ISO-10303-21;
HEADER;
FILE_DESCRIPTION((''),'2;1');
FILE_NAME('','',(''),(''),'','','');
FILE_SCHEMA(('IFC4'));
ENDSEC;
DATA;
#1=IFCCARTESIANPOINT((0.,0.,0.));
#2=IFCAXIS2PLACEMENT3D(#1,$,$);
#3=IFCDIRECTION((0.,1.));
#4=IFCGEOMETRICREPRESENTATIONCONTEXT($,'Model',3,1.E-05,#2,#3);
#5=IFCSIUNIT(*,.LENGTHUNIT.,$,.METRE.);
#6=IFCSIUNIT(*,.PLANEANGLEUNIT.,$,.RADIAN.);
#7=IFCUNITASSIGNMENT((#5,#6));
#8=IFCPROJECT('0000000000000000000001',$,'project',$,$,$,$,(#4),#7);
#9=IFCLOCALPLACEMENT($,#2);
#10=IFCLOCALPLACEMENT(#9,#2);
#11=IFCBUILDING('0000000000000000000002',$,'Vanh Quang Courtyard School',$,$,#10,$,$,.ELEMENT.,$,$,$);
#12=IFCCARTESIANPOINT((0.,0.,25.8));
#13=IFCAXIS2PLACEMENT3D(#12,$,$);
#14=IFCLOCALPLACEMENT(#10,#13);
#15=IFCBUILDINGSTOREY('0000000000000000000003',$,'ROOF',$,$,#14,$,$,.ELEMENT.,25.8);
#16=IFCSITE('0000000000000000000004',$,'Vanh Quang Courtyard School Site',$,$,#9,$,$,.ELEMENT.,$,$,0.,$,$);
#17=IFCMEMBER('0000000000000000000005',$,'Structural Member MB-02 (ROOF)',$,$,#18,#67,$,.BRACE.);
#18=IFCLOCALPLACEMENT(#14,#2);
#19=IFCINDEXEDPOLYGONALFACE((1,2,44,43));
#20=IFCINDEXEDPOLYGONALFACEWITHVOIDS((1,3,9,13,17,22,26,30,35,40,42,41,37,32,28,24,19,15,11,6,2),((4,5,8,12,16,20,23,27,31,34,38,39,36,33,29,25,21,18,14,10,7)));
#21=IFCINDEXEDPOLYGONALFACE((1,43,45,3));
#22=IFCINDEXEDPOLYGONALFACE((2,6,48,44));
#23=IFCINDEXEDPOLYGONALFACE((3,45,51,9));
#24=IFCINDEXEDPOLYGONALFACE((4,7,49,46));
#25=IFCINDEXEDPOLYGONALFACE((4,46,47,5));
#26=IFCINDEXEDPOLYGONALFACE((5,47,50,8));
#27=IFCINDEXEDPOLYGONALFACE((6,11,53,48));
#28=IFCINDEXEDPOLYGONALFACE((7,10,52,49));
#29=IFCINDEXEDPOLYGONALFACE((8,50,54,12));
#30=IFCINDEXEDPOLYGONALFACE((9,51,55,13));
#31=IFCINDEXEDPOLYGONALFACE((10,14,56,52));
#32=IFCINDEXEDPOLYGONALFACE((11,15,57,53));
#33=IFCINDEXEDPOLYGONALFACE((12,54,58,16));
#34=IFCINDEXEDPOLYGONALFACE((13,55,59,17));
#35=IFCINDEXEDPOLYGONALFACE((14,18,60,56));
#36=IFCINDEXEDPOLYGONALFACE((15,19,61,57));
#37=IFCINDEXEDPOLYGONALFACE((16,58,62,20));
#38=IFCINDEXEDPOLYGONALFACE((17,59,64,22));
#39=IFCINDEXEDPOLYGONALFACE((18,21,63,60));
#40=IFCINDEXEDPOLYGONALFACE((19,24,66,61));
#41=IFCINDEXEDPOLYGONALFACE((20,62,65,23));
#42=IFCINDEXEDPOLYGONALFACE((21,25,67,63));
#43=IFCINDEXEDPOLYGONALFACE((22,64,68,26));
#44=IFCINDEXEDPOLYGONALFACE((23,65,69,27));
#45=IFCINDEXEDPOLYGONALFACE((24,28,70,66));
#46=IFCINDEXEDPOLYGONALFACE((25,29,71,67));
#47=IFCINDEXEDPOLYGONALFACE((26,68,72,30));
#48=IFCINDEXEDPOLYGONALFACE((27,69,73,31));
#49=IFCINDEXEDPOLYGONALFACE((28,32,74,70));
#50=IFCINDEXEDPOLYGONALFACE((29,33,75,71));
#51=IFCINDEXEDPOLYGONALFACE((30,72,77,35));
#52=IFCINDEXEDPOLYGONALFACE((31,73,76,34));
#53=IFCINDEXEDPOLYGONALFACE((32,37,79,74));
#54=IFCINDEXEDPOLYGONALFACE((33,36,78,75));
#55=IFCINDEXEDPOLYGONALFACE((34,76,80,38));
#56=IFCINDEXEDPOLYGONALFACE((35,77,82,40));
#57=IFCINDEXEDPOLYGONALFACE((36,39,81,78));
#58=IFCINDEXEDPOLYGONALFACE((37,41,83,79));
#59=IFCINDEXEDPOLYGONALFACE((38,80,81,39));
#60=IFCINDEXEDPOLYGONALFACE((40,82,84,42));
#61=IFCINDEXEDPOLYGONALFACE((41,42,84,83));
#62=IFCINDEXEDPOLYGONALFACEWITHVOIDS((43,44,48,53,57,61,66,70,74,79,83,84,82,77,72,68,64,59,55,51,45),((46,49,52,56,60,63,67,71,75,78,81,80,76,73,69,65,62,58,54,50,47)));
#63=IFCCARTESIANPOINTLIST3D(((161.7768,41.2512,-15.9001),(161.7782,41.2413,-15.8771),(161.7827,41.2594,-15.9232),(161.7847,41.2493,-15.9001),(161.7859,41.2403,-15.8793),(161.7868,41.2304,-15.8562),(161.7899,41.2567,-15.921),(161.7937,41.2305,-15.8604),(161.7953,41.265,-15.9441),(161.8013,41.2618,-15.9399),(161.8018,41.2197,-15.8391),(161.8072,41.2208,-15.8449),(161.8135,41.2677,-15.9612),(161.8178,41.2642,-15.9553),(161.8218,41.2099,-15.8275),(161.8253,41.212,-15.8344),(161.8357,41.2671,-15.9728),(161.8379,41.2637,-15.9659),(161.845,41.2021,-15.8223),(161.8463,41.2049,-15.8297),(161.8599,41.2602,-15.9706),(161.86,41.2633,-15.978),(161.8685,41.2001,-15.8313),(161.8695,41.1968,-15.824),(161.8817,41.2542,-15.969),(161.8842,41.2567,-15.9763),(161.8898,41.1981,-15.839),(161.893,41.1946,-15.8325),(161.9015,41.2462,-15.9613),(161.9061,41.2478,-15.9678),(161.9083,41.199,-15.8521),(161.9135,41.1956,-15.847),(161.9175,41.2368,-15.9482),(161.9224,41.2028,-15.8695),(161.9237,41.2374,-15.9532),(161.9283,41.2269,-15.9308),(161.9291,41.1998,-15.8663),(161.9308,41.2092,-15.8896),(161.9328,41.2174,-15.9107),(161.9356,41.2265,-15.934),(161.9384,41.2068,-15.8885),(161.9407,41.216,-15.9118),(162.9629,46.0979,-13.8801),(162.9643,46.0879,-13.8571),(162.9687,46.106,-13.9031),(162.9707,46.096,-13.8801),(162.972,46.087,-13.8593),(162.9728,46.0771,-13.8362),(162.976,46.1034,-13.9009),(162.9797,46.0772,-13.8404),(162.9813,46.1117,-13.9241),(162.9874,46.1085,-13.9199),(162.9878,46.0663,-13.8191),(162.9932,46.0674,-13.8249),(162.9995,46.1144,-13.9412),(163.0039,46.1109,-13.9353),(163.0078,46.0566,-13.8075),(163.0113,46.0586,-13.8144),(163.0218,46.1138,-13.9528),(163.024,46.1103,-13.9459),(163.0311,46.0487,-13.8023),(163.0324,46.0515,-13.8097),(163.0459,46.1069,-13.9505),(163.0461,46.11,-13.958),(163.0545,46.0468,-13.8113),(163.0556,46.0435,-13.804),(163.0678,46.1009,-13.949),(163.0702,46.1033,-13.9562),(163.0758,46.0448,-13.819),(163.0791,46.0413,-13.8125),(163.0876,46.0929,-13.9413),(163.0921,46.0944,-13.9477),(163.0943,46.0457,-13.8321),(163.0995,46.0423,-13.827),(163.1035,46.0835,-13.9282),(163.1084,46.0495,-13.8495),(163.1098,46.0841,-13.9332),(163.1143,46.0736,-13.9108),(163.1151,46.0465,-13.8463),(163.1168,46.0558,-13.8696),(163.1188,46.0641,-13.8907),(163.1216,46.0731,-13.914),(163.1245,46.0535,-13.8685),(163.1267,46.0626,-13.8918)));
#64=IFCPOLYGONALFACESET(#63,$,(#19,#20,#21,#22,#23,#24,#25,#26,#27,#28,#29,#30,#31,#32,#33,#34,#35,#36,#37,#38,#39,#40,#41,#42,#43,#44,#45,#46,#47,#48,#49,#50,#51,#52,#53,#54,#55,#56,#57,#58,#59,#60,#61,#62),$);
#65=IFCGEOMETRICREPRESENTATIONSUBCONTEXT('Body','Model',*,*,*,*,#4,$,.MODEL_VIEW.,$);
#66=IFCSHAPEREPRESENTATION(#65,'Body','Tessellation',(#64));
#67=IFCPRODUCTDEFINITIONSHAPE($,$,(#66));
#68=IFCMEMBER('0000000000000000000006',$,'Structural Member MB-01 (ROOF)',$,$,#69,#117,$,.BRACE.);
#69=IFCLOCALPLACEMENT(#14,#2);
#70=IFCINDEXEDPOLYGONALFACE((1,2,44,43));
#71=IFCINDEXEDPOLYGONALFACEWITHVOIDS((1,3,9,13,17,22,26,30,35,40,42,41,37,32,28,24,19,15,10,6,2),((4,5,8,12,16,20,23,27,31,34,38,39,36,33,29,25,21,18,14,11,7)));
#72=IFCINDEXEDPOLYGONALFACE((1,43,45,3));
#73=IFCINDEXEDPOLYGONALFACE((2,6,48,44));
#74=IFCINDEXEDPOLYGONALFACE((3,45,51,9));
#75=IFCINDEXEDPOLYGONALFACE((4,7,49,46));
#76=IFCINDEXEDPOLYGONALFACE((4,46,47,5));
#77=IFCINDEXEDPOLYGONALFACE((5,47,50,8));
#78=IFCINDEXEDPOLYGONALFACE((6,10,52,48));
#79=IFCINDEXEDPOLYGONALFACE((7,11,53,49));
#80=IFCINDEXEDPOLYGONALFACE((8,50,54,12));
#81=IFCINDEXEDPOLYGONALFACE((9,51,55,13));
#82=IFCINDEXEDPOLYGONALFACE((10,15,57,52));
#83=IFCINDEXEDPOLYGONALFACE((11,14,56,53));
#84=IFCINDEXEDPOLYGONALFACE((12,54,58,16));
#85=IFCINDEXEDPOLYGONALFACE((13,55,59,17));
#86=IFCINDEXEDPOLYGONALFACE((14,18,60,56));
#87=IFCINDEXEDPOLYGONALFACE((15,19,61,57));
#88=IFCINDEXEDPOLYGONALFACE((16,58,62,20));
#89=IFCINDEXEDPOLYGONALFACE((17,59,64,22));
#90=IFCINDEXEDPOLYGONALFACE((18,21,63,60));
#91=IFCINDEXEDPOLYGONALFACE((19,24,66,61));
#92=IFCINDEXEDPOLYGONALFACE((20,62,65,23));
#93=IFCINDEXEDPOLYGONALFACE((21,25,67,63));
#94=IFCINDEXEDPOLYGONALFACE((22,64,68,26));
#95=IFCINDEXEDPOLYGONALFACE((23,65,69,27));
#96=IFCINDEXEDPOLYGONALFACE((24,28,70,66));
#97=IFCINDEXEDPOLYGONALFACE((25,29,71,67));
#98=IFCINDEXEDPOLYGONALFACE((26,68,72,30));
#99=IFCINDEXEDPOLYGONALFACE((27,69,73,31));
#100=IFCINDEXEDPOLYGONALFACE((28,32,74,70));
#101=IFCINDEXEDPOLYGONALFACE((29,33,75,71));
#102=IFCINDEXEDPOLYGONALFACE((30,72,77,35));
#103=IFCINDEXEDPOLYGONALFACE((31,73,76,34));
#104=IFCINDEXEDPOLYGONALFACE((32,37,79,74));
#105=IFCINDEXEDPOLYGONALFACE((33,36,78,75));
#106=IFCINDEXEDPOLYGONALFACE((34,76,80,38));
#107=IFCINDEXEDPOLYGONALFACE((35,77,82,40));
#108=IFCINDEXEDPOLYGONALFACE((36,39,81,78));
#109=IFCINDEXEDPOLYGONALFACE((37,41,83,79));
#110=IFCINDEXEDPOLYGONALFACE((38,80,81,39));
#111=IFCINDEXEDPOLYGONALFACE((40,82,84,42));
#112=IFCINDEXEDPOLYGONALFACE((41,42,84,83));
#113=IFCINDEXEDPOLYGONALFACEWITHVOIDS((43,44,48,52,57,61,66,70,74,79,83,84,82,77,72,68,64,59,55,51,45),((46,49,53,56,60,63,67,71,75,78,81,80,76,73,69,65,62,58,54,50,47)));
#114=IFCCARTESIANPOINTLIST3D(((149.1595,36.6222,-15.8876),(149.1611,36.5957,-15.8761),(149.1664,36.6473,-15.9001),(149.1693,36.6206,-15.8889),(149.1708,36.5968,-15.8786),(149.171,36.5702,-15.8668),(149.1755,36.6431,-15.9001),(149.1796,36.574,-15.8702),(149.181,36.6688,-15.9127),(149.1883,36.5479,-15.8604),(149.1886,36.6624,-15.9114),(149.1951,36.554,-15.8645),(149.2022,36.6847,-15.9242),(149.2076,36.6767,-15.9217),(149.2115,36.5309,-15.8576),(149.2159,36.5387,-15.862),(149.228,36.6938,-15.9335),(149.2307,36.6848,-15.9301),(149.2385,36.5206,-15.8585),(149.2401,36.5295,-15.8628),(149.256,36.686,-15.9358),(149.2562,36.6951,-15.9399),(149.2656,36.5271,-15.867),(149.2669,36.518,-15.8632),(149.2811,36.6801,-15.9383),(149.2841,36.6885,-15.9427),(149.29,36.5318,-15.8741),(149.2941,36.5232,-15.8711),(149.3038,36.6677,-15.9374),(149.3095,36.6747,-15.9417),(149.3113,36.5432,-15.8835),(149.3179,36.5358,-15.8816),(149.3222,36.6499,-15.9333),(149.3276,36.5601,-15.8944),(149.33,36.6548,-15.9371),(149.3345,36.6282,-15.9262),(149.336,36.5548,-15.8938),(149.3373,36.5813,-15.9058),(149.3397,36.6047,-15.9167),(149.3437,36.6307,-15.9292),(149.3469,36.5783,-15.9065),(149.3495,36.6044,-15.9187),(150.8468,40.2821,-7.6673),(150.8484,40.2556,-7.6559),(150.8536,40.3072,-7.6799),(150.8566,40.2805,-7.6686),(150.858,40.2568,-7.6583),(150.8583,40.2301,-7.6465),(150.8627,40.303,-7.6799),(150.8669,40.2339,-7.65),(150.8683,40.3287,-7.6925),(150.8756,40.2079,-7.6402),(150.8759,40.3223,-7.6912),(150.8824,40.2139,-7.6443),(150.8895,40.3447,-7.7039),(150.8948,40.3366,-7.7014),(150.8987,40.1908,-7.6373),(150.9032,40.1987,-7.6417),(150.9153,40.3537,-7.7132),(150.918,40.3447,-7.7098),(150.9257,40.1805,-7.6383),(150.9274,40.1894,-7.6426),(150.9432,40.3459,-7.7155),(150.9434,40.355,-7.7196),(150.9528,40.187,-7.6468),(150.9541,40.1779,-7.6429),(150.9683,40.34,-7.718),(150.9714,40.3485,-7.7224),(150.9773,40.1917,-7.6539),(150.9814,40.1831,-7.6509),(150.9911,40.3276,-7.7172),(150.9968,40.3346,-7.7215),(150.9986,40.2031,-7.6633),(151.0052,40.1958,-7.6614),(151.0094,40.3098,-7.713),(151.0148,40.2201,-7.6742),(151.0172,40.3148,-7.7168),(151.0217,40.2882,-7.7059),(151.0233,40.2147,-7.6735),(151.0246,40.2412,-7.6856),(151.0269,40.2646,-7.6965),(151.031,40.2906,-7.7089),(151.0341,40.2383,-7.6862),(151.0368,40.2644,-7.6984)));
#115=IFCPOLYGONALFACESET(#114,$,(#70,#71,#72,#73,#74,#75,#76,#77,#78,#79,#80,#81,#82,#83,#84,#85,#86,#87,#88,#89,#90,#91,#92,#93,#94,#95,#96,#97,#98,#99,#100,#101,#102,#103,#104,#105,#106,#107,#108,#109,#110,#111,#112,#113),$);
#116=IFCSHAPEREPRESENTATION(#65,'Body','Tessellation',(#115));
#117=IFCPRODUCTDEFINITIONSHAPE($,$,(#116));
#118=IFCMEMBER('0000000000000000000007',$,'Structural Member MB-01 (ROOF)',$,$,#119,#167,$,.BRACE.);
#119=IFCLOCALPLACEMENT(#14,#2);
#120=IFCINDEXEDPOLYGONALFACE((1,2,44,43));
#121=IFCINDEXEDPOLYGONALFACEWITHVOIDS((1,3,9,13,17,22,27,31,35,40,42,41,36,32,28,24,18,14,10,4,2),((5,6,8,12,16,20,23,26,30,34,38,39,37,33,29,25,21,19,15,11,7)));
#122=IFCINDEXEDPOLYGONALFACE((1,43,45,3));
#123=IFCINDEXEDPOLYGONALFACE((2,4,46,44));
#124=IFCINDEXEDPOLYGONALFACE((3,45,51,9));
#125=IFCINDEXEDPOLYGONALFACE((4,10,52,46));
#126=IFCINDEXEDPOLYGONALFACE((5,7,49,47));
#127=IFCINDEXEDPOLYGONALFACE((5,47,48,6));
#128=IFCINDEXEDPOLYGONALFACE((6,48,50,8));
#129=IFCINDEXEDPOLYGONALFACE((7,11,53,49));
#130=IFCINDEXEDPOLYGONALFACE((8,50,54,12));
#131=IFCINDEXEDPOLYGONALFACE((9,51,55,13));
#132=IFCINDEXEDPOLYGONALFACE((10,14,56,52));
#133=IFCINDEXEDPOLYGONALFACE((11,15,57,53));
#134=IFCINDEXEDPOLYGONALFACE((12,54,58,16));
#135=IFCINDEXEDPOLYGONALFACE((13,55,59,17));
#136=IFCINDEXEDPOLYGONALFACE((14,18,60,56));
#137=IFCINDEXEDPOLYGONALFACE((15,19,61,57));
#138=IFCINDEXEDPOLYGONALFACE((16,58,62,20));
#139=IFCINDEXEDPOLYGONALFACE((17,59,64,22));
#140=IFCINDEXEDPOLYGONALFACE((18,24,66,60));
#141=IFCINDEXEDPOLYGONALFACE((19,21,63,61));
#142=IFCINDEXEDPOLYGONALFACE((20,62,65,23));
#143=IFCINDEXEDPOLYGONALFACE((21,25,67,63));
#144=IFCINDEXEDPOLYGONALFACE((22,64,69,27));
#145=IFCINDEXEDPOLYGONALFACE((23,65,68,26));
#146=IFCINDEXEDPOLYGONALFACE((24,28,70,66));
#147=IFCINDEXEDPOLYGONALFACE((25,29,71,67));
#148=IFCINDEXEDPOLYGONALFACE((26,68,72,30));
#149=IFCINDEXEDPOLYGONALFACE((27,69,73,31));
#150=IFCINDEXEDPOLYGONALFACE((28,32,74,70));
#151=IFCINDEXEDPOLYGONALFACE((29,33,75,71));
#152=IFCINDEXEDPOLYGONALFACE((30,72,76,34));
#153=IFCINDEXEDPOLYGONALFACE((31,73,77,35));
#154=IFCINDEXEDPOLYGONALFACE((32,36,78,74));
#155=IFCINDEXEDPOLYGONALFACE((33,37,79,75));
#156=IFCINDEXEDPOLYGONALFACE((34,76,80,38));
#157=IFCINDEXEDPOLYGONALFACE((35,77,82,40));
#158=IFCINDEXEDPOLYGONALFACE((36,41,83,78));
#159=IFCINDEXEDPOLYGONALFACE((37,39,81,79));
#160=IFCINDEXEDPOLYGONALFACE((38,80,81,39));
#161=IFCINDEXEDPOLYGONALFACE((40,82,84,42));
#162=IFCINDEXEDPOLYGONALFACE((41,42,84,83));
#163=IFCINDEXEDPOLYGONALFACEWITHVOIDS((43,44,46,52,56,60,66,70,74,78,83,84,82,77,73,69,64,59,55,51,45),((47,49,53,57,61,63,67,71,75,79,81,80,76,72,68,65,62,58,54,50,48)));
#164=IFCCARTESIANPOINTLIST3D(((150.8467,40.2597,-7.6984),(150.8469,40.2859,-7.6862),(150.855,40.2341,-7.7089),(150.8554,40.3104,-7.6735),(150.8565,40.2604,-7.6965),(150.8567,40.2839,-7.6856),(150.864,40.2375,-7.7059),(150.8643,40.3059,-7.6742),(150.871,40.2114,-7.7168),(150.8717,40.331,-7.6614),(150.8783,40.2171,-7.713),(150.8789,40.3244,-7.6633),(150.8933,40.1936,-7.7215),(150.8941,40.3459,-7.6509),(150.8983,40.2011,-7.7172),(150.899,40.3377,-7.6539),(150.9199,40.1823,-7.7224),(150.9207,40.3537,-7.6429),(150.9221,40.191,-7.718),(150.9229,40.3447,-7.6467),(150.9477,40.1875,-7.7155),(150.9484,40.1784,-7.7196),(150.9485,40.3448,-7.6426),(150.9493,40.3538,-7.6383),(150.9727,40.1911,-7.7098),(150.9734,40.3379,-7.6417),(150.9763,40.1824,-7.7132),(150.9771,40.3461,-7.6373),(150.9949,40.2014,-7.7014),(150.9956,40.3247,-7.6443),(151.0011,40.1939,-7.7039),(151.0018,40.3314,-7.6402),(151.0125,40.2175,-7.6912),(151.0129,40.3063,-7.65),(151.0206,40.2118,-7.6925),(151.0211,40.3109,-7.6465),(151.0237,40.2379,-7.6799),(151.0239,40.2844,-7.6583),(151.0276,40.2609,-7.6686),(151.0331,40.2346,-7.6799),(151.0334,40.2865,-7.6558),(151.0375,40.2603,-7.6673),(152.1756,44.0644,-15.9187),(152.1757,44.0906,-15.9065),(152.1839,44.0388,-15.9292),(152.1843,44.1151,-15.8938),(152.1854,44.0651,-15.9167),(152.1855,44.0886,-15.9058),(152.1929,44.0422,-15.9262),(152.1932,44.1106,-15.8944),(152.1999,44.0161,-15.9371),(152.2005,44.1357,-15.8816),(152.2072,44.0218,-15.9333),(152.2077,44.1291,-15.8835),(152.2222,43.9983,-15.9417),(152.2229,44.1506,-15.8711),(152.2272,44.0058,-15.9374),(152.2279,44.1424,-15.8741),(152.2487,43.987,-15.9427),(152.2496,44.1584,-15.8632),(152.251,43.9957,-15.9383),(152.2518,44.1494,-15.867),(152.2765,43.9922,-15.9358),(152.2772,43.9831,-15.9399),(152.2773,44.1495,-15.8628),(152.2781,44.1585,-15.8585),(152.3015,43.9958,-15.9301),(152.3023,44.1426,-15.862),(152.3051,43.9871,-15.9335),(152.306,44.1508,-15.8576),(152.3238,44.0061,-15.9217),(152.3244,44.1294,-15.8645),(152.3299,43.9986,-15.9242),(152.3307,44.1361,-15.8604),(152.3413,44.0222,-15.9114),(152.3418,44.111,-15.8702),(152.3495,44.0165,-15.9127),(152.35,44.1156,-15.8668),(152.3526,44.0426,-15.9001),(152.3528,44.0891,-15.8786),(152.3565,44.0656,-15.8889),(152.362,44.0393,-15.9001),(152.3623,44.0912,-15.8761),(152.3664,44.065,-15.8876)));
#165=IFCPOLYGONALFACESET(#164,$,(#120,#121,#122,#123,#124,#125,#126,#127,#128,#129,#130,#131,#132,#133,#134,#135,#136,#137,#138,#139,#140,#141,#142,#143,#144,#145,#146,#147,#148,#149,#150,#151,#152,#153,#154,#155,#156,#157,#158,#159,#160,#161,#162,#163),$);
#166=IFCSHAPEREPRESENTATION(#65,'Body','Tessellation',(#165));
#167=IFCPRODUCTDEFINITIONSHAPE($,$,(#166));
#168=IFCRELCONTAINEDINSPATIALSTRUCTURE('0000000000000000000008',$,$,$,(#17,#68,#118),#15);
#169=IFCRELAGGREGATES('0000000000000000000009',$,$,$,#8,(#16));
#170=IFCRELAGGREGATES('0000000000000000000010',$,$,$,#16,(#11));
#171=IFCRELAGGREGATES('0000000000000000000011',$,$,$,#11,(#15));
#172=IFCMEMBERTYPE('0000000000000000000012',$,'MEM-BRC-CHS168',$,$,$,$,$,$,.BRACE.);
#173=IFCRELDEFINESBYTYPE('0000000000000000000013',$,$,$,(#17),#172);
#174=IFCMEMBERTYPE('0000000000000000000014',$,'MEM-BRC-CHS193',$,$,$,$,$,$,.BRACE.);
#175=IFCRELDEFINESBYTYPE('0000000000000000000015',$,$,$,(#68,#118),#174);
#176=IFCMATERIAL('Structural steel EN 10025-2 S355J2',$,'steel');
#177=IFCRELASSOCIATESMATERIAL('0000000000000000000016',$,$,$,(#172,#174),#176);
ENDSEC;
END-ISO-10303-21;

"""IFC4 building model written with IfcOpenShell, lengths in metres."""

from ifc_helpers import new_model, si_unit, direction, frame, origin, origin_2d, place, context, subcontext, project, spatial, hollow_circle, extrude, material, material_profile, profile_set, type_object, element, save


model = new_model("IFC4")

# Units and contexts
model_context = context("Model", 3, precision=1e-05, world=origin(), true_north=direction((0.0, 1.0)))
body_context = subcontext(model_context, "Body", "Model", "MODEL_VIEW")
ifc_project = project(units=[si_unit("LENGTHUNIT", "METRE"), si_unit("PLANEANGLEUNIT", "RADIAN")], contexts=[model_context])

# Site, building, storey
site_placement = place(None, origin())
site = spatial("IfcSite", under=ifc_project, at=site_placement, Name="Vanh Quang Courtyard School Site", CompositionType="ELEMENT", RefElevation=0.0)
building_placement = place(site_placement, origin())
building = spatial("IfcBuilding", under=site, at=building_placement, Name="Vanh Quang Courtyard School", CompositionType="ELEMENT")
storey_placement = place(building_placement, frame((0.0, 0.0, 25.8)))
storey = spatial("IfcBuildingStorey", under=building, at=storey_placement, Name="ROOF", CompositionType="ELEMENT", Elevation=25.8)

# Shared definitions
ifc_material_1 = material(Name="Structural steel EN 10025-2 S355J2", Category="steel")

# Members
ifc_material_profile_1 = material_profile(ifc_material_1, hollow_circle(Radius=0.0842, WallThickness=0.0081, at=origin_2d()), Name="CHS 168.3x8")
ifc_profile_set_1 = profile_set([ifc_material_profile_1], Name="Structural steel EN 10025-2 S355J2")
member_type_1 = type_object("IfcMemberType", Name="MEM-BRC-CHS168", PredefinedType="BRACE", material=ifc_profile_set_1)
member_1_placement = place(storey_placement, frame((161.8586, 41.2312, -15.9001), z_axis=(0.220327, 0.900356, 0.375254), x_axis=(-0.971339, 0.237697, 0.0)))
element("IfcMember", 1, at=member_1_placement, inside=storey, type_object=member_type_1, Name="Structural Member MB-02 (ROOF)", PredefinedType="BRACE", context=body_context, shape_type="SweptSolid", body=[
    extrude(hollow_circle(Radius=0.0842, WallThickness=0.0081, at=origin_2d()), origin(), (0.0, 0.0, 1.0), 5.3831),
])
ifc_material_profile_2 = material_profile(ifc_material_1, hollow_circle(Radius=0.0969, WallThickness=0.01, at=origin_2d()), Name="CHS 193.7x10")
ifc_profile_set_2 = profile_set([ifc_material_profile_2], Name="Structural steel EN 10025-2 S355J2")
member_type_2 = type_object("IfcMemberType", Name="MEM-BRC-CHS193", PredefinedType="BRACE", material=ifc_profile_set_2)
for number, where, z_axis, x_axis, name in (
    (2, (149.2544, 36.6067, -15.9001), (0.184299, 0.399773, 0.897895), (-0.908142, 0.418662, 0.0), "Structural Member MB-01 (ROOF)"),
    (3, (152.2705, 44.0713, -15.9001), (-0.145152, -0.415587, 0.897897), (0.944073, -0.329735, 0.0), "Structural Member MB-01 (ROOF)"),
):
    element("IfcMember", number, at=place(storey_placement, frame(where, z_axis=z_axis, x_axis=x_axis)), inside=storey, type_object=member_type_2, Name=name, PredefinedType="BRACE", context=body_context, shape_type="SweptSolid", body=[
        extrude(hollow_circle(Radius=0.0969, WallThickness=0.01, at=origin_2d()), origin(), (0.0, 0.0, 1.0), 9.155),
    ])

save(model, "model.ifc")
